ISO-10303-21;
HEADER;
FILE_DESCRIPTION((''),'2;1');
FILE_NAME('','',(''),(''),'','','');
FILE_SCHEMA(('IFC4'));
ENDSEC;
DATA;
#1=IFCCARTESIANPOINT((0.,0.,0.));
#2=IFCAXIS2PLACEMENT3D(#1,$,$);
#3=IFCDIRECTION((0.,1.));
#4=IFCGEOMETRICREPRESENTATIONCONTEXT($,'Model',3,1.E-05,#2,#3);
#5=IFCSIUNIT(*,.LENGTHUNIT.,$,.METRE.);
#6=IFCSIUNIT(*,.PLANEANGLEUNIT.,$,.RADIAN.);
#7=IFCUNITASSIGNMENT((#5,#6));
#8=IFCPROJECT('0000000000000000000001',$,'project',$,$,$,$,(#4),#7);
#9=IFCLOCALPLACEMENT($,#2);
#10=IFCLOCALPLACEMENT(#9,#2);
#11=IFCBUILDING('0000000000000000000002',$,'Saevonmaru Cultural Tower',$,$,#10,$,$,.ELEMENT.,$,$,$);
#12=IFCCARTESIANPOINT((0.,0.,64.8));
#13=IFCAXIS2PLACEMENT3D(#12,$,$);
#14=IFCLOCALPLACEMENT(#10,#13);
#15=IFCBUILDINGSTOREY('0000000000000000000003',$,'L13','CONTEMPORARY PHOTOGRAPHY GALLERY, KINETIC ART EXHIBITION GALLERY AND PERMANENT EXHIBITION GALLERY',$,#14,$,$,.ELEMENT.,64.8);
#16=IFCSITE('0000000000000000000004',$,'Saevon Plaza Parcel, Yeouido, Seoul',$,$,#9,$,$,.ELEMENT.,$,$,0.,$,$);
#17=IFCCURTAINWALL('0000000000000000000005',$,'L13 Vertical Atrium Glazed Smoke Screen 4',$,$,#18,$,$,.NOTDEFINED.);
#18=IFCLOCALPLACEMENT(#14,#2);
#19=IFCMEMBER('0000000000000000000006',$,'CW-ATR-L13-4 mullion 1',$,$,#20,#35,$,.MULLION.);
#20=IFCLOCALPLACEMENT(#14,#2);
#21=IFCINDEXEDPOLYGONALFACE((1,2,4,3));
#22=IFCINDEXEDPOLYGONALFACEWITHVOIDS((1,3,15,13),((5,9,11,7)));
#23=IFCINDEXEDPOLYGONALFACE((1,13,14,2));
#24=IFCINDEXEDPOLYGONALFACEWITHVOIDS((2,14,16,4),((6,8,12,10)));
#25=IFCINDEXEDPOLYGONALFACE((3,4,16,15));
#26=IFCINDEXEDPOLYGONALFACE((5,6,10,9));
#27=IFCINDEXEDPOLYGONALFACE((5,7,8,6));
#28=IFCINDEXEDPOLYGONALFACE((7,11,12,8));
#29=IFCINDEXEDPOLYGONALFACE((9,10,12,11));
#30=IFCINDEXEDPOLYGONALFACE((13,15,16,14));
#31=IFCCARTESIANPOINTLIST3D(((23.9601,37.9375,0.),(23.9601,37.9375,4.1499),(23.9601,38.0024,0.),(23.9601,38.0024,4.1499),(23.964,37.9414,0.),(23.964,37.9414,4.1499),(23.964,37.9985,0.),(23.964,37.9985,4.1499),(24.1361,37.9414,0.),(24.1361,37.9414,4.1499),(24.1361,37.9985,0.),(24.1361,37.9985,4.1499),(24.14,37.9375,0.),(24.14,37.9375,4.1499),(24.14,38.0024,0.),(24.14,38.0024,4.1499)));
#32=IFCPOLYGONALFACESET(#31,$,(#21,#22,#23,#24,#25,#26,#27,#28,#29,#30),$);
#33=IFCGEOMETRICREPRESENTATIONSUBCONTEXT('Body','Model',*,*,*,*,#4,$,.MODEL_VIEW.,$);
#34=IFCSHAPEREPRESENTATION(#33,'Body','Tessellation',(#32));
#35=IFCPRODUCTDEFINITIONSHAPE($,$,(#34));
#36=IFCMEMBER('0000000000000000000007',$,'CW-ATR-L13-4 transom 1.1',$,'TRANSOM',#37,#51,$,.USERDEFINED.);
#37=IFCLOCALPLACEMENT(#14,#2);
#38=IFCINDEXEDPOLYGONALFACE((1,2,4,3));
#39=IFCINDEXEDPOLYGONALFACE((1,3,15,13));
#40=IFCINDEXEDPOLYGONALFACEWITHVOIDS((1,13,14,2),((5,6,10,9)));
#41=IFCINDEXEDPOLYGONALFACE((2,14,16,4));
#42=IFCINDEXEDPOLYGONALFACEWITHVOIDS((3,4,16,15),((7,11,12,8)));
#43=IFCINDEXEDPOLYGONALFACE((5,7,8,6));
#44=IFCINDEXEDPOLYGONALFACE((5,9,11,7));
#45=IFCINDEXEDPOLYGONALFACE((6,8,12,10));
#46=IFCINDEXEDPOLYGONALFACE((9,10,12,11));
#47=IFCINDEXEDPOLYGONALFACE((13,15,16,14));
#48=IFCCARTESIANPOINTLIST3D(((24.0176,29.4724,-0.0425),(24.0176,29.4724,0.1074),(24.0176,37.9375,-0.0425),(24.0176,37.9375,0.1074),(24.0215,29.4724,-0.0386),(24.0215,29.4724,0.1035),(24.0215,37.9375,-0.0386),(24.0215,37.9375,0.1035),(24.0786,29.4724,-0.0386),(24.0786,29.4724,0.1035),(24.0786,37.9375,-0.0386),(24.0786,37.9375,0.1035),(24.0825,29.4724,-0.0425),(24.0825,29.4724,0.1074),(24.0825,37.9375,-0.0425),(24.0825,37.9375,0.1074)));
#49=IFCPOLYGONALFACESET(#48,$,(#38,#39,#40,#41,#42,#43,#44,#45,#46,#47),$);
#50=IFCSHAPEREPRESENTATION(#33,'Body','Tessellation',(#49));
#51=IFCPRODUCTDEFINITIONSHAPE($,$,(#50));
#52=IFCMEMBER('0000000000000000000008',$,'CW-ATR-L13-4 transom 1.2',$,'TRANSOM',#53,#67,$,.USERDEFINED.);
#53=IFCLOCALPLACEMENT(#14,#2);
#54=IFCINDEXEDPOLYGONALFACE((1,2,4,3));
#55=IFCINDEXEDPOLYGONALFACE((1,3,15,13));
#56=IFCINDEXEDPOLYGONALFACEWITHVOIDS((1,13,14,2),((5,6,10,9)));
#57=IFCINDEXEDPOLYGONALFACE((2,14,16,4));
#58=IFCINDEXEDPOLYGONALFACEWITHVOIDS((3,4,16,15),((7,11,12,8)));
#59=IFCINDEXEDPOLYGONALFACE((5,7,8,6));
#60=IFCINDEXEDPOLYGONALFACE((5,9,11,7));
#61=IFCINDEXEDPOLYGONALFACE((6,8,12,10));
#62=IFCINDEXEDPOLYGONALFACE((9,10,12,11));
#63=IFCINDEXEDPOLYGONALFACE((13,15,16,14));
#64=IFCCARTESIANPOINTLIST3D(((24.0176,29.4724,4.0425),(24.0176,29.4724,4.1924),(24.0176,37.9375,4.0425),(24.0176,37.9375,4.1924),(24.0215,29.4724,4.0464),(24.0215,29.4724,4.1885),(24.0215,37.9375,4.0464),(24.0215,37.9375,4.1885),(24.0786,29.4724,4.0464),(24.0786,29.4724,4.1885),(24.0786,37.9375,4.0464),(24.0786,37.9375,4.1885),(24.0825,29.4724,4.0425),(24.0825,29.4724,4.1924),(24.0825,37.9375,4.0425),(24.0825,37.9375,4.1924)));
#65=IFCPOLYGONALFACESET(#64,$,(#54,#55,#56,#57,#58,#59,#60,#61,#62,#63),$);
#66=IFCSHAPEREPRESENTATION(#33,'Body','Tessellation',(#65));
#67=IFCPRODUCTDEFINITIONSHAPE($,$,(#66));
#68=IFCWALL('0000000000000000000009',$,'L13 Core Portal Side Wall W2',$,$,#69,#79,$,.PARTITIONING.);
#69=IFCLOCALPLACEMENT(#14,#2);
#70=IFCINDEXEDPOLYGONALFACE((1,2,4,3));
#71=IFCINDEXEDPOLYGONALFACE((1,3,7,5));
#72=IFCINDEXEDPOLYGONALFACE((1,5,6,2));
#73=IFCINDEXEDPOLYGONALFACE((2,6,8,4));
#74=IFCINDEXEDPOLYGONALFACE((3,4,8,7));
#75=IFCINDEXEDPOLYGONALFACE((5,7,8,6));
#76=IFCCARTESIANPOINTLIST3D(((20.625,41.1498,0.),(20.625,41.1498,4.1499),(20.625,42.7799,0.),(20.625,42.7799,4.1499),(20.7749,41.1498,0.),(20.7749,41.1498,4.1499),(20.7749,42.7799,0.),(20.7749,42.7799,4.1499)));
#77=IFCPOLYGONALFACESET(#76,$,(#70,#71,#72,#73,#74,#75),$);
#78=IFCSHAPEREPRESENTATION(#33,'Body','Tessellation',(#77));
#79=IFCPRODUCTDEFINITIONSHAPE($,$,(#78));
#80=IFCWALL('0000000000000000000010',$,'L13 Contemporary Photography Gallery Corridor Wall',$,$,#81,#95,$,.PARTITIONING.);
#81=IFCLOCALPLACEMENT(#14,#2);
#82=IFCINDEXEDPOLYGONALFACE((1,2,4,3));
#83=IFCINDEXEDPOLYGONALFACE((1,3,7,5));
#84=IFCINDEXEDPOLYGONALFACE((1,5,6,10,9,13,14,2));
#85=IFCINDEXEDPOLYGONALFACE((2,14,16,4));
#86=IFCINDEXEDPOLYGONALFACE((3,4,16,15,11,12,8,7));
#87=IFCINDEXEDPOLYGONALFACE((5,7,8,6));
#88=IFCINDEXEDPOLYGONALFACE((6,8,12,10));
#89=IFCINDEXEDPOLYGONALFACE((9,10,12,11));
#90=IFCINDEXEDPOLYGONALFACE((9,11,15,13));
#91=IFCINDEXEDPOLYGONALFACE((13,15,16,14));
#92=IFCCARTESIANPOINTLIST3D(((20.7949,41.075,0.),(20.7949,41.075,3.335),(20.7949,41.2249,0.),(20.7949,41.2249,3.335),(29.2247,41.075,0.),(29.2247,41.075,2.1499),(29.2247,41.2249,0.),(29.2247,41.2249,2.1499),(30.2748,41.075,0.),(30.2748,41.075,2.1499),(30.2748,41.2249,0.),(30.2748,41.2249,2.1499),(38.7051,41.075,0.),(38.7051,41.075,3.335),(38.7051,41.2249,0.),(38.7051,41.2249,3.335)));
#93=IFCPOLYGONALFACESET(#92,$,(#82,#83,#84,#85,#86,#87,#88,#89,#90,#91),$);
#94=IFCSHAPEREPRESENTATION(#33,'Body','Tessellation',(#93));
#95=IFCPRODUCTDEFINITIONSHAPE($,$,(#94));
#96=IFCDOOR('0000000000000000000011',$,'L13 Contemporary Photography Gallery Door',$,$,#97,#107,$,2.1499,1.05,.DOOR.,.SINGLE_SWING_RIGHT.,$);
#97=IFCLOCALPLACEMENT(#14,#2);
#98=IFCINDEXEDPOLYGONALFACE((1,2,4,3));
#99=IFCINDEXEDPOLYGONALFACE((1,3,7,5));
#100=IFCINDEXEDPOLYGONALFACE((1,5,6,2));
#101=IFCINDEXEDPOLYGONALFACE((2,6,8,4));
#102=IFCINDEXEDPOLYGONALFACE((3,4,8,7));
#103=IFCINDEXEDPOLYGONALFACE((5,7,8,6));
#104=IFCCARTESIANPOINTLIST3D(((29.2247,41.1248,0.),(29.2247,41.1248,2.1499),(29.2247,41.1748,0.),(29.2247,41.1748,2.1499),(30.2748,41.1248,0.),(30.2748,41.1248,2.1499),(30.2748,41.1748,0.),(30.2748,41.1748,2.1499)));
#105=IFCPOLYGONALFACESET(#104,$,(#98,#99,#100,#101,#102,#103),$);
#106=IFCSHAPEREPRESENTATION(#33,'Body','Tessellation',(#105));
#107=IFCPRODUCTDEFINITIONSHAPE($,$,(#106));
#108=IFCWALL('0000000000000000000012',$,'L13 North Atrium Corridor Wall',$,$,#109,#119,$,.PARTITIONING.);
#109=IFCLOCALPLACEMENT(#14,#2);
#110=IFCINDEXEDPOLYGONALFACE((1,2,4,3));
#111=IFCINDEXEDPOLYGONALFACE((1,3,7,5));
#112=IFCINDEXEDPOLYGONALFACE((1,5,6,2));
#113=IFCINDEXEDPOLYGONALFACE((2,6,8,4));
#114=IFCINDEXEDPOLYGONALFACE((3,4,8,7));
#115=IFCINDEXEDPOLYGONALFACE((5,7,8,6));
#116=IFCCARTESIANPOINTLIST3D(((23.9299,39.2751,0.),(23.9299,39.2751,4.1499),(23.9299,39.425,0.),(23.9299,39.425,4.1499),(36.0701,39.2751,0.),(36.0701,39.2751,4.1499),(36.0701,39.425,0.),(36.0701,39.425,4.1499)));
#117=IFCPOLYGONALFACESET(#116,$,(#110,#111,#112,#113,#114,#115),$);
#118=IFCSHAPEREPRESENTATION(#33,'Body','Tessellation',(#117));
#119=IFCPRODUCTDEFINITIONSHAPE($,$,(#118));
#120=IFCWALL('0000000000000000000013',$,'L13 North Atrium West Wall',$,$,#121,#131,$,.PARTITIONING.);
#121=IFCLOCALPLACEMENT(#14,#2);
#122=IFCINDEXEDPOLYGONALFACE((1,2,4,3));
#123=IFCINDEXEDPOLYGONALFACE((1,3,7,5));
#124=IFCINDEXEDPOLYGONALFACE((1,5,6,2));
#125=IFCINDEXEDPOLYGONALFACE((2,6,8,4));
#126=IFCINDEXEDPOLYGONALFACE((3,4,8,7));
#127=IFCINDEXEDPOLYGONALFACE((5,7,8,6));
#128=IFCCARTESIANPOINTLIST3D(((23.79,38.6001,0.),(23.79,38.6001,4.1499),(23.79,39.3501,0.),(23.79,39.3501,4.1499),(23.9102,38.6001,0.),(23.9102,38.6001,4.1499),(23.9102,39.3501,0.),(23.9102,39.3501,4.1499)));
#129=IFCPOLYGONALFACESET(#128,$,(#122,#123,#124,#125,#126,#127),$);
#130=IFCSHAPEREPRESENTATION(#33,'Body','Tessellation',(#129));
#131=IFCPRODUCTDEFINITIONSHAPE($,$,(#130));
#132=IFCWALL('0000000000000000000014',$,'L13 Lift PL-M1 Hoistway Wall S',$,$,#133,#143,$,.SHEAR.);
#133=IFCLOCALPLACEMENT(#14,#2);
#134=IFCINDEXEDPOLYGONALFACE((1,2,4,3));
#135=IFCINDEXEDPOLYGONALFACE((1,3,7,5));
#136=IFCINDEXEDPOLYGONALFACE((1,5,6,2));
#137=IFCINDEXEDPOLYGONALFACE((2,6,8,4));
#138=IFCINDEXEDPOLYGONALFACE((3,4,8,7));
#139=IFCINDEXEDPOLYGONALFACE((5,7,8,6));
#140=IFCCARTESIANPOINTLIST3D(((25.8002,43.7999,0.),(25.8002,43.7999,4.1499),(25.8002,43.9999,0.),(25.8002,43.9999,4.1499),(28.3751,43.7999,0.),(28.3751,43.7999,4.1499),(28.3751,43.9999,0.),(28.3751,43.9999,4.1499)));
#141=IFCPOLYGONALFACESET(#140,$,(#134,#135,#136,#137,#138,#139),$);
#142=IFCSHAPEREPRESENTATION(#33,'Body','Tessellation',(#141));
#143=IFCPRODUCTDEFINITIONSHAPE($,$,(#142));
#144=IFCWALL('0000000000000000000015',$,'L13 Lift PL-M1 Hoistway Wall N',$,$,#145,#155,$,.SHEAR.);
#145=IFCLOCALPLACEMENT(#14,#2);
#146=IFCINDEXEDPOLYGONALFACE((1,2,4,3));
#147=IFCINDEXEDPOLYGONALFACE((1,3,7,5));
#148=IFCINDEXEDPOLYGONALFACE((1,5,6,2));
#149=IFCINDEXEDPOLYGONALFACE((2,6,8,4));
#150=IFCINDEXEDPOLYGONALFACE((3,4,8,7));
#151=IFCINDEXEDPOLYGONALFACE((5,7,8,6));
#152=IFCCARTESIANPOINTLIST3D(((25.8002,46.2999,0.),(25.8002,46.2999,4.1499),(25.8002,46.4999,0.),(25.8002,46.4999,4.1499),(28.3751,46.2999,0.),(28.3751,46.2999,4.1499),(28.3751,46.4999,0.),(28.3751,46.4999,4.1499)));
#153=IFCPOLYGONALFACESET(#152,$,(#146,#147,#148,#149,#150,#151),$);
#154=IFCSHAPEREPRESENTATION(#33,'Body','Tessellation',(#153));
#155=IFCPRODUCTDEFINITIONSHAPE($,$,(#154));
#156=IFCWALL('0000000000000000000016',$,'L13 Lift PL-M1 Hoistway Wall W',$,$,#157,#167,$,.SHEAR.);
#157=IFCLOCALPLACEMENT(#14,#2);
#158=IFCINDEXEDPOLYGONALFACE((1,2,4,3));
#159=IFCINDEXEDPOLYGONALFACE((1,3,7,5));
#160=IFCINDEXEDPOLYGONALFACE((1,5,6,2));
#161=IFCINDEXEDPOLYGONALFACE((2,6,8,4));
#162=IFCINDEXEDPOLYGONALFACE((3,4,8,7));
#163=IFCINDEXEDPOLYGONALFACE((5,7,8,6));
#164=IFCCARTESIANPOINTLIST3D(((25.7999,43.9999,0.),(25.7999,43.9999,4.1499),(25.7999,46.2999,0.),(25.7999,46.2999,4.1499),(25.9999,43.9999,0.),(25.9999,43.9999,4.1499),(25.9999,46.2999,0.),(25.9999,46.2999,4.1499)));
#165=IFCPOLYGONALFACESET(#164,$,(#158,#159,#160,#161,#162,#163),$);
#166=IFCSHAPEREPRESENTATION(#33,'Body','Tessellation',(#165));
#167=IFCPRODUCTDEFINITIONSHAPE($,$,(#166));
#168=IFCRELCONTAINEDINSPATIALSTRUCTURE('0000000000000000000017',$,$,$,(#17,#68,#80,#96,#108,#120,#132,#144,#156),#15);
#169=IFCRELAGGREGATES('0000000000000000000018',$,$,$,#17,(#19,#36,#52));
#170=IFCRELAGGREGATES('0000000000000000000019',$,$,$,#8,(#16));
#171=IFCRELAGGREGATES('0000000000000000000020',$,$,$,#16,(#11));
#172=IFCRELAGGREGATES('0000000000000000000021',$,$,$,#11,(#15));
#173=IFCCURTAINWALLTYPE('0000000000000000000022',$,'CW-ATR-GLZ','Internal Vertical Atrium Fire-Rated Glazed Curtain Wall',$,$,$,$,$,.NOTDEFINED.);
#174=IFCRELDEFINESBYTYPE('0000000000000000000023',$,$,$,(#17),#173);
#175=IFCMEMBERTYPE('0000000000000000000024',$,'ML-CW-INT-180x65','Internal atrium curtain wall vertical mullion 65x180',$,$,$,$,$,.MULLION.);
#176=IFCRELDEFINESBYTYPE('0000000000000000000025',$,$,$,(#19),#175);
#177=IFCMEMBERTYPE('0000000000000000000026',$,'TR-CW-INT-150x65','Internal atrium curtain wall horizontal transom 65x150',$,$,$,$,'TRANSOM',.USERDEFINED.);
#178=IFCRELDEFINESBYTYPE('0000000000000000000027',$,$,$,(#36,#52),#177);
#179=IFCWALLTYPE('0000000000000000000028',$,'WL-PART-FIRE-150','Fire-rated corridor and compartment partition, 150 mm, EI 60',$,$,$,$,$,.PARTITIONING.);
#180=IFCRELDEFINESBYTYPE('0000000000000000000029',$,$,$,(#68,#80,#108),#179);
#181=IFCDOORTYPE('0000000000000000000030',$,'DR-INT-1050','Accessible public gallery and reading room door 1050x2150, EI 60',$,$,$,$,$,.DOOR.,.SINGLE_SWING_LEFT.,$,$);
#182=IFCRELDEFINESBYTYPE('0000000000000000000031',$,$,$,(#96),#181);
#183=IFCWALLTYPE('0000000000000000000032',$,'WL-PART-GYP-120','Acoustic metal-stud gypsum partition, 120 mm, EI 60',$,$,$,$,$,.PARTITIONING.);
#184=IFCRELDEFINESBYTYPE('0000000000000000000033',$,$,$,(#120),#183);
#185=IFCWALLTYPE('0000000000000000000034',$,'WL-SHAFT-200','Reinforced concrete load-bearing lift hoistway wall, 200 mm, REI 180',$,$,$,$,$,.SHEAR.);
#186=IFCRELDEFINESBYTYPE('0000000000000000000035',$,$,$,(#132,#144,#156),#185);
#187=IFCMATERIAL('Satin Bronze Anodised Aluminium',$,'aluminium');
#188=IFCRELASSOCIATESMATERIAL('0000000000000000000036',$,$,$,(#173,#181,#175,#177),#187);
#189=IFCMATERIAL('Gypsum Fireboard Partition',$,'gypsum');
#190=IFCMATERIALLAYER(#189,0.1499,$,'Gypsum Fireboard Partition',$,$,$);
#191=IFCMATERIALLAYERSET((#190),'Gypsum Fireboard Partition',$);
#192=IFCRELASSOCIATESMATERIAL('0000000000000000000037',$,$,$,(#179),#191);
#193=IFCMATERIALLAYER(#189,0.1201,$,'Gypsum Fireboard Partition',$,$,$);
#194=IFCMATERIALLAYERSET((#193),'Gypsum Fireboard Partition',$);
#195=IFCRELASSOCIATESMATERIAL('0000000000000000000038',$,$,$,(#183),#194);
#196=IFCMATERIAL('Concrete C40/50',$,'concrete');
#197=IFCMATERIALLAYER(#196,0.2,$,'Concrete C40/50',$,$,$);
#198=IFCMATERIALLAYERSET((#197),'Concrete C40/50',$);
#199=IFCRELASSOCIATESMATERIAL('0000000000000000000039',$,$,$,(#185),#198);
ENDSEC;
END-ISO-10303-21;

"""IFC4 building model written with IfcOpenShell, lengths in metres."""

from ifc_helpers import new_model, si_unit, direction, frame, frame_2d, origin, origin_2d, place, context, subcontext, project, spatial, rectangle, hollow_rectangle, extrude, material, layer, layer_set, material_profile, profile_set, type_object, element, fill, aggregate, save


model = new_model("IFC4")

# Units and contexts
model_context = context("Model", 3, precision=1e-05, world=origin(), true_north=direction((0.0, 1.0)))
body_context = subcontext(model_context, "Body", "Model", "MODEL_VIEW")
ifc_project = project(units=[si_unit("LENGTHUNIT", "METRE"), si_unit("PLANEANGLEUNIT", "RADIAN")], contexts=[model_context])

# Site, building, storey
site_placement = place(None, origin())
site = spatial("IfcSite", under=ifc_project, at=site_placement, Name="Saevon Plaza Parcel, Yeouido, Seoul", CompositionType="ELEMENT", RefElevation=0.0)
building_placement = place(site_placement, origin())
building = spatial("IfcBuilding", under=site, at=building_placement, Name="Saevonmaru Cultural Tower", CompositionType="ELEMENT")
storey_placement = place(building_placement, frame((0.0, 0.0, 64.8)))
storey = spatial("IfcBuildingStorey", under=building, at=storey_placement, Name="L13", Description="CONTEMPORARY PHOTOGRAPHY GALLERY, KINETIC ART EXHIBITION GALLERY AND PERMANENT EXHIBITION GALLERY", CompositionType="ELEMENT", Elevation=64.8)

# Shared definitions
ifc_material_1 = material(Name="Satin Bronze Anodised Aluminium", Category="aluminium")
curtain_wall_type = type_object("IfcCurtainWallType", Name="CW-ATR-GLZ", Description="Internal Vertical Atrium Fire-Rated Glazed Curtain Wall", PredefinedType="NOTDEFINED", material=ifc_material_1)
ifc_material_profile_1 = material_profile(ifc_material_1, hollow_rectangle(XDim=0.0649, YDim=0.1799, WallThickness=0.0039, at=origin_2d()), Name="ALU-MULL-180x65x4")
ifc_profile_set_1 = profile_set([ifc_material_profile_1], Name="Satin Bronze Anodised Aluminium")
member_type_1 = type_object("IfcMemberType", Name="ML-CW-INT-180x65", Description="Internal atrium curtain wall vertical mullion 65x180", PredefinedType="MULLION", material=ifc_profile_set_1)

# Curtain wall, members
curtain_wall_1_placement = place(storey_placement, origin())
curtain_wall_1 = element("IfcCurtainWall", 1, at=curtain_wall_1_placement, inside=storey, type_object=curtain_wall_type, Name="L13 Vertical Atrium Glazed Smoke Screen 4", PredefinedType="NOTDEFINED")
member_1_placement = place(storey_placement, frame((24.05, 37.97, 0.0), z_axis=(0.0, 0.0, 1.0), x_axis=(0.0, -1.0, 0.0)))
member_1 = element("IfcMember", 2, at=member_1_placement, type_object=member_type_1, Name="CW-ATR-L13-4 mullion 1", PredefinedType="MULLION", context=body_context, shape_type="SweptSolid", body=[
    extrude(hollow_rectangle(XDim=0.0649, YDim=0.1799, WallThickness=0.0039, at=origin_2d()), origin(), (0.0, 0.0, 1.0), 4.1499),
])
ifc_material_profile_2 = material_profile(ifc_material_1, hollow_rectangle(XDim=0.0649, YDim=0.1499, WallThickness=0.0039, at=origin_2d()), Name="ALU-TRAN-150x65x4")
ifc_profile_set_2 = profile_set([ifc_material_profile_2], Name="Satin Bronze Anodised Aluminium")
member_type_2 = type_object("IfcMemberType", Name="TR-CW-INT-150x65", Description="Internal atrium curtain wall horizontal transom 65x150", ElementType="TRANSOM", PredefinedType="USERDEFINED", material=ifc_profile_set_2)
member_2_placement = place(storey_placement, frame((24.05, 37.9375, 0.0325), z_axis=(0.0, -1.0, 0.0), x_axis=(1.0, 0.0, 0.0)))
member_2 = element("IfcMember", 3, at=member_2_placement, type_object=member_type_2, Name="CW-ATR-L13-4 transom 1.1", ObjectType="TRANSOM", PredefinedType="USERDEFINED", context=body_context, shape_type="SweptSolid", body=[
    extrude(hollow_rectangle(XDim=0.0649, YDim=0.1499, WallThickness=0.0039, at=origin_2d()), origin(), (0.0, 0.0, 1.0), 8.4651),
])
member_3_placement = place(storey_placement, frame((24.05, 37.9375, 4.1174), z_axis=(0.0, -1.0, 0.0), x_axis=(1.0, 0.0, 0.0)))
member_3 = element("IfcMember", 4, at=member_3_placement, type_object=member_type_2, Name="CW-ATR-L13-4 transom 1.2", ObjectType="TRANSOM", PredefinedType="USERDEFINED", context=body_context, shape_type="SweptSolid", body=[
    extrude(hollow_rectangle(XDim=0.0649, YDim=0.1499, WallThickness=0.0039, at=origin_2d()), origin(), (0.0, 0.0, 1.0), 8.4651),
])
aggregate(curtain_wall_1, [member_1, member_2, member_3])

# Shared definitions
ifc_material_2 = material(Name="Gypsum Fireboard Partition", Category="gypsum")

# Wall
ifc_layer_1 = layer(ifc_material_2, 0.1499, Name="Gypsum Fireboard Partition")
ifc_layer_set_1 = layer_set([ifc_layer_1], Name="Gypsum Fireboard Partition")
wall_type_1 = type_object("IfcWallType", Name="WL-PART-FIRE-150", Description="Fire-rated corridor and compartment partition, 150 mm, EI 60", PredefinedType="PARTITIONING", material=ifc_layer_set_1)
wall_1_placement = place(storey_placement, frame((20.7, 41.1499, 0.0), z_axis=(0.0, 0.0, 1.0), x_axis=(0.0, 1.0, 0.0)))
element("IfcWall", 5, at=wall_1_placement, inside=storey, type_object=wall_type_1, Name="L13 Core Portal Side Wall W2", PredefinedType="PARTITIONING", context=body_context, shape_type="SweptSolid", body=[
    extrude(rectangle(XDim=1.6301, YDim=0.1499, at=frame_2d((0.8149, 0.0))), origin(), (0.0, 0.0, 1.0), 4.1499),
])

# Wall, opening, door
wall_2_placement = place(storey_placement, frame((20.7949, 41.1499, 0.0), z_axis=(0.0, 0.0, 1.0), x_axis=(1.0, 0.0, 0.0)))
wall_2 = element("IfcWall", 6, at=wall_2_placement, inside=storey, type_object=wall_type_1, Name="L13 Contemporary Photography Gallery Corridor Wall", PredefinedType="PARTITIONING", context=body_context, shape_type="SweptSolid", body=[
    extrude(rectangle(XDim=17.9102, YDim=0.1499, at=frame_2d((8.9551, 0.0))), origin(), (0.0, 0.0, 1.0), 3.335),
])
opening_1_placement = place(wall_2_placement, frame((8.4299, 0.0, 0.0)))
opening_1 = element("IfcOpeningElement", 7, at=opening_1_placement, cuts=wall_2, PredefinedType="OPENING", context=body_context, shape_type="SweptSolid", body=[
    extrude(rectangle(XDim=1.05, YDim=2.1499, at=frame_2d((0.5249, 1.075))), frame((0.0, 0.085, 0.0), z_axis=(0.0, -1.0, 0.0), x_axis=(1.0, 0.0, 0.0)), (0.0, 0.0, 1.0), 0.1699),
])
door_type_1 = type_object("IfcDoorType", Name="DR-INT-1050", Description="Accessible public gallery and reading room door 1050x2150, EI 60", OperationType="SINGLE_SWING_LEFT", PredefinedType="DOOR", material=ifc_material_1)
door_1_placement = place(opening_1_placement, origin())
door_1 = element("IfcDoor", 8, at=door_1_placement, inside=storey, type_object=door_type_1, Name="L13 Contemporary Photography Gallery Door", OperationType="SINGLE_SWING_RIGHT", OverallHeight=2.1499, OverallWidth=1.05, PredefinedType="DOOR", context=body_context, shape_type="SweptSolid", body=[
    extrude(rectangle(XDim=1.05, YDim=2.1499, at=frame_2d((0.5249, 1.075))), frame((0.0, 0.0249, 0.0), z_axis=(0.0, -1.0, 0.0), x_axis=(1.0, 0.0, 0.0)), (0.0, 0.0, 1.0), 0.05),
])
fill(opening_1, door_1)

# Walls
wall_3_placement = place(storey_placement, frame((23.9299, 39.3501, 0.0), z_axis=(0.0, 0.0, 1.0), x_axis=(1.0, 0.0, 0.0)))
element("IfcWall", 9, at=wall_3_placement, inside=storey, type_object=wall_type_1, Name="L13 North Atrium Corridor Wall", PredefinedType="PARTITIONING", context=body_context, shape_type="SweptSolid", body=[
    extrude(rectangle(XDim=12.1401, YDim=0.1499, at=frame_2d((6.0701, 0.0))), origin(), (0.0, 0.0, 1.0), 4.1499),
])
ifc_layer_2 = layer(ifc_material_2, 0.1201, Name="Gypsum Fireboard Partition")
ifc_layer_set_2 = layer_set([ifc_layer_2], Name="Gypsum Fireboard Partition")
wall_type_2 = type_object("IfcWallType", Name="WL-PART-GYP-120", Description="Acoustic metal-stud gypsum partition, 120 mm, EI 60", PredefinedType="PARTITIONING", material=ifc_layer_set_2)
wall_4_placement = place(storey_placement, frame((23.8501, 38.6001, 0.0), z_axis=(0.0, 0.0, 1.0), x_axis=(0.0, 1.0, 0.0)))
element("IfcWall", 10, at=wall_4_placement, inside=storey, type_object=wall_type_2, Name="L13 North Atrium West Wall", PredefinedType="PARTITIONING", context=body_context, shape_type="SweptSolid", body=[
    extrude(rectangle(XDim=0.75, YDim=0.1201, at=frame_2d((0.375, 0.0))), origin(), (0.0, 0.0, 1.0), 4.1499),
])
ifc_material_3 = material(Name="Concrete C40/50", Category="concrete")
ifc_layer_3 = layer(ifc_material_3, 0.2, Name="Concrete C40/50")
ifc_layer_set_3 = layer_set([ifc_layer_3], Name="Concrete C40/50")
wall_type_3 = type_object("IfcWallType", Name="WL-SHAFT-200", Description="Reinforced concrete load-bearing lift hoistway wall, 200 mm, REI 180", PredefinedType="SHEAR", material=ifc_layer_set_3)
for number, where, z_axis, x_axis, name in (
    (11, (25.8, 43.8999, 0.0), (0.0, 0.0, 1.0), (1.0, 0.0, 0.0), "L13 Lift PL-M1 Hoistway Wall S"),
    (12, (25.8, 46.3999, 0.0), (0.0, 0.0, 1.0), (1.0, 0.0, 0.0), "L13 Lift PL-M1 Hoistway Wall N"),
):
    element("IfcWall", number, at=place(storey_placement, frame(where, z_axis=z_axis, x_axis=x_axis)), inside=storey, type_object=wall_type_3, Name=name, PredefinedType="SHEAR", context=body_context, shape_type="SweptSolid", body=[
        extrude(rectangle(XDim=2.575, YDim=0.2, at=frame_2d((1.2876, 0.0))), origin(), (0.0, 0.0, 1.0), 4.1499),
    ])
wall_5_placement = place(storey_placement, frame((25.8999, 44.0, 0.0), z_axis=(0.0, 0.0, 1.0), x_axis=(0.0, 1.0, 0.0)))
element("IfcWall", 13, at=wall_5_placement, inside=storey, type_object=wall_type_3, Name="L13 Lift PL-M1 Hoistway Wall W", PredefinedType="SHEAR", context=body_context, shape_type="SweptSolid", body=[
    extrude(rectangle(XDim=2.3, YDim=0.2, at=frame_2d((1.1499, 0.0))), origin(), (0.0, 0.0, 1.0), 4.1499),
])

save(model, "model.ifc")
